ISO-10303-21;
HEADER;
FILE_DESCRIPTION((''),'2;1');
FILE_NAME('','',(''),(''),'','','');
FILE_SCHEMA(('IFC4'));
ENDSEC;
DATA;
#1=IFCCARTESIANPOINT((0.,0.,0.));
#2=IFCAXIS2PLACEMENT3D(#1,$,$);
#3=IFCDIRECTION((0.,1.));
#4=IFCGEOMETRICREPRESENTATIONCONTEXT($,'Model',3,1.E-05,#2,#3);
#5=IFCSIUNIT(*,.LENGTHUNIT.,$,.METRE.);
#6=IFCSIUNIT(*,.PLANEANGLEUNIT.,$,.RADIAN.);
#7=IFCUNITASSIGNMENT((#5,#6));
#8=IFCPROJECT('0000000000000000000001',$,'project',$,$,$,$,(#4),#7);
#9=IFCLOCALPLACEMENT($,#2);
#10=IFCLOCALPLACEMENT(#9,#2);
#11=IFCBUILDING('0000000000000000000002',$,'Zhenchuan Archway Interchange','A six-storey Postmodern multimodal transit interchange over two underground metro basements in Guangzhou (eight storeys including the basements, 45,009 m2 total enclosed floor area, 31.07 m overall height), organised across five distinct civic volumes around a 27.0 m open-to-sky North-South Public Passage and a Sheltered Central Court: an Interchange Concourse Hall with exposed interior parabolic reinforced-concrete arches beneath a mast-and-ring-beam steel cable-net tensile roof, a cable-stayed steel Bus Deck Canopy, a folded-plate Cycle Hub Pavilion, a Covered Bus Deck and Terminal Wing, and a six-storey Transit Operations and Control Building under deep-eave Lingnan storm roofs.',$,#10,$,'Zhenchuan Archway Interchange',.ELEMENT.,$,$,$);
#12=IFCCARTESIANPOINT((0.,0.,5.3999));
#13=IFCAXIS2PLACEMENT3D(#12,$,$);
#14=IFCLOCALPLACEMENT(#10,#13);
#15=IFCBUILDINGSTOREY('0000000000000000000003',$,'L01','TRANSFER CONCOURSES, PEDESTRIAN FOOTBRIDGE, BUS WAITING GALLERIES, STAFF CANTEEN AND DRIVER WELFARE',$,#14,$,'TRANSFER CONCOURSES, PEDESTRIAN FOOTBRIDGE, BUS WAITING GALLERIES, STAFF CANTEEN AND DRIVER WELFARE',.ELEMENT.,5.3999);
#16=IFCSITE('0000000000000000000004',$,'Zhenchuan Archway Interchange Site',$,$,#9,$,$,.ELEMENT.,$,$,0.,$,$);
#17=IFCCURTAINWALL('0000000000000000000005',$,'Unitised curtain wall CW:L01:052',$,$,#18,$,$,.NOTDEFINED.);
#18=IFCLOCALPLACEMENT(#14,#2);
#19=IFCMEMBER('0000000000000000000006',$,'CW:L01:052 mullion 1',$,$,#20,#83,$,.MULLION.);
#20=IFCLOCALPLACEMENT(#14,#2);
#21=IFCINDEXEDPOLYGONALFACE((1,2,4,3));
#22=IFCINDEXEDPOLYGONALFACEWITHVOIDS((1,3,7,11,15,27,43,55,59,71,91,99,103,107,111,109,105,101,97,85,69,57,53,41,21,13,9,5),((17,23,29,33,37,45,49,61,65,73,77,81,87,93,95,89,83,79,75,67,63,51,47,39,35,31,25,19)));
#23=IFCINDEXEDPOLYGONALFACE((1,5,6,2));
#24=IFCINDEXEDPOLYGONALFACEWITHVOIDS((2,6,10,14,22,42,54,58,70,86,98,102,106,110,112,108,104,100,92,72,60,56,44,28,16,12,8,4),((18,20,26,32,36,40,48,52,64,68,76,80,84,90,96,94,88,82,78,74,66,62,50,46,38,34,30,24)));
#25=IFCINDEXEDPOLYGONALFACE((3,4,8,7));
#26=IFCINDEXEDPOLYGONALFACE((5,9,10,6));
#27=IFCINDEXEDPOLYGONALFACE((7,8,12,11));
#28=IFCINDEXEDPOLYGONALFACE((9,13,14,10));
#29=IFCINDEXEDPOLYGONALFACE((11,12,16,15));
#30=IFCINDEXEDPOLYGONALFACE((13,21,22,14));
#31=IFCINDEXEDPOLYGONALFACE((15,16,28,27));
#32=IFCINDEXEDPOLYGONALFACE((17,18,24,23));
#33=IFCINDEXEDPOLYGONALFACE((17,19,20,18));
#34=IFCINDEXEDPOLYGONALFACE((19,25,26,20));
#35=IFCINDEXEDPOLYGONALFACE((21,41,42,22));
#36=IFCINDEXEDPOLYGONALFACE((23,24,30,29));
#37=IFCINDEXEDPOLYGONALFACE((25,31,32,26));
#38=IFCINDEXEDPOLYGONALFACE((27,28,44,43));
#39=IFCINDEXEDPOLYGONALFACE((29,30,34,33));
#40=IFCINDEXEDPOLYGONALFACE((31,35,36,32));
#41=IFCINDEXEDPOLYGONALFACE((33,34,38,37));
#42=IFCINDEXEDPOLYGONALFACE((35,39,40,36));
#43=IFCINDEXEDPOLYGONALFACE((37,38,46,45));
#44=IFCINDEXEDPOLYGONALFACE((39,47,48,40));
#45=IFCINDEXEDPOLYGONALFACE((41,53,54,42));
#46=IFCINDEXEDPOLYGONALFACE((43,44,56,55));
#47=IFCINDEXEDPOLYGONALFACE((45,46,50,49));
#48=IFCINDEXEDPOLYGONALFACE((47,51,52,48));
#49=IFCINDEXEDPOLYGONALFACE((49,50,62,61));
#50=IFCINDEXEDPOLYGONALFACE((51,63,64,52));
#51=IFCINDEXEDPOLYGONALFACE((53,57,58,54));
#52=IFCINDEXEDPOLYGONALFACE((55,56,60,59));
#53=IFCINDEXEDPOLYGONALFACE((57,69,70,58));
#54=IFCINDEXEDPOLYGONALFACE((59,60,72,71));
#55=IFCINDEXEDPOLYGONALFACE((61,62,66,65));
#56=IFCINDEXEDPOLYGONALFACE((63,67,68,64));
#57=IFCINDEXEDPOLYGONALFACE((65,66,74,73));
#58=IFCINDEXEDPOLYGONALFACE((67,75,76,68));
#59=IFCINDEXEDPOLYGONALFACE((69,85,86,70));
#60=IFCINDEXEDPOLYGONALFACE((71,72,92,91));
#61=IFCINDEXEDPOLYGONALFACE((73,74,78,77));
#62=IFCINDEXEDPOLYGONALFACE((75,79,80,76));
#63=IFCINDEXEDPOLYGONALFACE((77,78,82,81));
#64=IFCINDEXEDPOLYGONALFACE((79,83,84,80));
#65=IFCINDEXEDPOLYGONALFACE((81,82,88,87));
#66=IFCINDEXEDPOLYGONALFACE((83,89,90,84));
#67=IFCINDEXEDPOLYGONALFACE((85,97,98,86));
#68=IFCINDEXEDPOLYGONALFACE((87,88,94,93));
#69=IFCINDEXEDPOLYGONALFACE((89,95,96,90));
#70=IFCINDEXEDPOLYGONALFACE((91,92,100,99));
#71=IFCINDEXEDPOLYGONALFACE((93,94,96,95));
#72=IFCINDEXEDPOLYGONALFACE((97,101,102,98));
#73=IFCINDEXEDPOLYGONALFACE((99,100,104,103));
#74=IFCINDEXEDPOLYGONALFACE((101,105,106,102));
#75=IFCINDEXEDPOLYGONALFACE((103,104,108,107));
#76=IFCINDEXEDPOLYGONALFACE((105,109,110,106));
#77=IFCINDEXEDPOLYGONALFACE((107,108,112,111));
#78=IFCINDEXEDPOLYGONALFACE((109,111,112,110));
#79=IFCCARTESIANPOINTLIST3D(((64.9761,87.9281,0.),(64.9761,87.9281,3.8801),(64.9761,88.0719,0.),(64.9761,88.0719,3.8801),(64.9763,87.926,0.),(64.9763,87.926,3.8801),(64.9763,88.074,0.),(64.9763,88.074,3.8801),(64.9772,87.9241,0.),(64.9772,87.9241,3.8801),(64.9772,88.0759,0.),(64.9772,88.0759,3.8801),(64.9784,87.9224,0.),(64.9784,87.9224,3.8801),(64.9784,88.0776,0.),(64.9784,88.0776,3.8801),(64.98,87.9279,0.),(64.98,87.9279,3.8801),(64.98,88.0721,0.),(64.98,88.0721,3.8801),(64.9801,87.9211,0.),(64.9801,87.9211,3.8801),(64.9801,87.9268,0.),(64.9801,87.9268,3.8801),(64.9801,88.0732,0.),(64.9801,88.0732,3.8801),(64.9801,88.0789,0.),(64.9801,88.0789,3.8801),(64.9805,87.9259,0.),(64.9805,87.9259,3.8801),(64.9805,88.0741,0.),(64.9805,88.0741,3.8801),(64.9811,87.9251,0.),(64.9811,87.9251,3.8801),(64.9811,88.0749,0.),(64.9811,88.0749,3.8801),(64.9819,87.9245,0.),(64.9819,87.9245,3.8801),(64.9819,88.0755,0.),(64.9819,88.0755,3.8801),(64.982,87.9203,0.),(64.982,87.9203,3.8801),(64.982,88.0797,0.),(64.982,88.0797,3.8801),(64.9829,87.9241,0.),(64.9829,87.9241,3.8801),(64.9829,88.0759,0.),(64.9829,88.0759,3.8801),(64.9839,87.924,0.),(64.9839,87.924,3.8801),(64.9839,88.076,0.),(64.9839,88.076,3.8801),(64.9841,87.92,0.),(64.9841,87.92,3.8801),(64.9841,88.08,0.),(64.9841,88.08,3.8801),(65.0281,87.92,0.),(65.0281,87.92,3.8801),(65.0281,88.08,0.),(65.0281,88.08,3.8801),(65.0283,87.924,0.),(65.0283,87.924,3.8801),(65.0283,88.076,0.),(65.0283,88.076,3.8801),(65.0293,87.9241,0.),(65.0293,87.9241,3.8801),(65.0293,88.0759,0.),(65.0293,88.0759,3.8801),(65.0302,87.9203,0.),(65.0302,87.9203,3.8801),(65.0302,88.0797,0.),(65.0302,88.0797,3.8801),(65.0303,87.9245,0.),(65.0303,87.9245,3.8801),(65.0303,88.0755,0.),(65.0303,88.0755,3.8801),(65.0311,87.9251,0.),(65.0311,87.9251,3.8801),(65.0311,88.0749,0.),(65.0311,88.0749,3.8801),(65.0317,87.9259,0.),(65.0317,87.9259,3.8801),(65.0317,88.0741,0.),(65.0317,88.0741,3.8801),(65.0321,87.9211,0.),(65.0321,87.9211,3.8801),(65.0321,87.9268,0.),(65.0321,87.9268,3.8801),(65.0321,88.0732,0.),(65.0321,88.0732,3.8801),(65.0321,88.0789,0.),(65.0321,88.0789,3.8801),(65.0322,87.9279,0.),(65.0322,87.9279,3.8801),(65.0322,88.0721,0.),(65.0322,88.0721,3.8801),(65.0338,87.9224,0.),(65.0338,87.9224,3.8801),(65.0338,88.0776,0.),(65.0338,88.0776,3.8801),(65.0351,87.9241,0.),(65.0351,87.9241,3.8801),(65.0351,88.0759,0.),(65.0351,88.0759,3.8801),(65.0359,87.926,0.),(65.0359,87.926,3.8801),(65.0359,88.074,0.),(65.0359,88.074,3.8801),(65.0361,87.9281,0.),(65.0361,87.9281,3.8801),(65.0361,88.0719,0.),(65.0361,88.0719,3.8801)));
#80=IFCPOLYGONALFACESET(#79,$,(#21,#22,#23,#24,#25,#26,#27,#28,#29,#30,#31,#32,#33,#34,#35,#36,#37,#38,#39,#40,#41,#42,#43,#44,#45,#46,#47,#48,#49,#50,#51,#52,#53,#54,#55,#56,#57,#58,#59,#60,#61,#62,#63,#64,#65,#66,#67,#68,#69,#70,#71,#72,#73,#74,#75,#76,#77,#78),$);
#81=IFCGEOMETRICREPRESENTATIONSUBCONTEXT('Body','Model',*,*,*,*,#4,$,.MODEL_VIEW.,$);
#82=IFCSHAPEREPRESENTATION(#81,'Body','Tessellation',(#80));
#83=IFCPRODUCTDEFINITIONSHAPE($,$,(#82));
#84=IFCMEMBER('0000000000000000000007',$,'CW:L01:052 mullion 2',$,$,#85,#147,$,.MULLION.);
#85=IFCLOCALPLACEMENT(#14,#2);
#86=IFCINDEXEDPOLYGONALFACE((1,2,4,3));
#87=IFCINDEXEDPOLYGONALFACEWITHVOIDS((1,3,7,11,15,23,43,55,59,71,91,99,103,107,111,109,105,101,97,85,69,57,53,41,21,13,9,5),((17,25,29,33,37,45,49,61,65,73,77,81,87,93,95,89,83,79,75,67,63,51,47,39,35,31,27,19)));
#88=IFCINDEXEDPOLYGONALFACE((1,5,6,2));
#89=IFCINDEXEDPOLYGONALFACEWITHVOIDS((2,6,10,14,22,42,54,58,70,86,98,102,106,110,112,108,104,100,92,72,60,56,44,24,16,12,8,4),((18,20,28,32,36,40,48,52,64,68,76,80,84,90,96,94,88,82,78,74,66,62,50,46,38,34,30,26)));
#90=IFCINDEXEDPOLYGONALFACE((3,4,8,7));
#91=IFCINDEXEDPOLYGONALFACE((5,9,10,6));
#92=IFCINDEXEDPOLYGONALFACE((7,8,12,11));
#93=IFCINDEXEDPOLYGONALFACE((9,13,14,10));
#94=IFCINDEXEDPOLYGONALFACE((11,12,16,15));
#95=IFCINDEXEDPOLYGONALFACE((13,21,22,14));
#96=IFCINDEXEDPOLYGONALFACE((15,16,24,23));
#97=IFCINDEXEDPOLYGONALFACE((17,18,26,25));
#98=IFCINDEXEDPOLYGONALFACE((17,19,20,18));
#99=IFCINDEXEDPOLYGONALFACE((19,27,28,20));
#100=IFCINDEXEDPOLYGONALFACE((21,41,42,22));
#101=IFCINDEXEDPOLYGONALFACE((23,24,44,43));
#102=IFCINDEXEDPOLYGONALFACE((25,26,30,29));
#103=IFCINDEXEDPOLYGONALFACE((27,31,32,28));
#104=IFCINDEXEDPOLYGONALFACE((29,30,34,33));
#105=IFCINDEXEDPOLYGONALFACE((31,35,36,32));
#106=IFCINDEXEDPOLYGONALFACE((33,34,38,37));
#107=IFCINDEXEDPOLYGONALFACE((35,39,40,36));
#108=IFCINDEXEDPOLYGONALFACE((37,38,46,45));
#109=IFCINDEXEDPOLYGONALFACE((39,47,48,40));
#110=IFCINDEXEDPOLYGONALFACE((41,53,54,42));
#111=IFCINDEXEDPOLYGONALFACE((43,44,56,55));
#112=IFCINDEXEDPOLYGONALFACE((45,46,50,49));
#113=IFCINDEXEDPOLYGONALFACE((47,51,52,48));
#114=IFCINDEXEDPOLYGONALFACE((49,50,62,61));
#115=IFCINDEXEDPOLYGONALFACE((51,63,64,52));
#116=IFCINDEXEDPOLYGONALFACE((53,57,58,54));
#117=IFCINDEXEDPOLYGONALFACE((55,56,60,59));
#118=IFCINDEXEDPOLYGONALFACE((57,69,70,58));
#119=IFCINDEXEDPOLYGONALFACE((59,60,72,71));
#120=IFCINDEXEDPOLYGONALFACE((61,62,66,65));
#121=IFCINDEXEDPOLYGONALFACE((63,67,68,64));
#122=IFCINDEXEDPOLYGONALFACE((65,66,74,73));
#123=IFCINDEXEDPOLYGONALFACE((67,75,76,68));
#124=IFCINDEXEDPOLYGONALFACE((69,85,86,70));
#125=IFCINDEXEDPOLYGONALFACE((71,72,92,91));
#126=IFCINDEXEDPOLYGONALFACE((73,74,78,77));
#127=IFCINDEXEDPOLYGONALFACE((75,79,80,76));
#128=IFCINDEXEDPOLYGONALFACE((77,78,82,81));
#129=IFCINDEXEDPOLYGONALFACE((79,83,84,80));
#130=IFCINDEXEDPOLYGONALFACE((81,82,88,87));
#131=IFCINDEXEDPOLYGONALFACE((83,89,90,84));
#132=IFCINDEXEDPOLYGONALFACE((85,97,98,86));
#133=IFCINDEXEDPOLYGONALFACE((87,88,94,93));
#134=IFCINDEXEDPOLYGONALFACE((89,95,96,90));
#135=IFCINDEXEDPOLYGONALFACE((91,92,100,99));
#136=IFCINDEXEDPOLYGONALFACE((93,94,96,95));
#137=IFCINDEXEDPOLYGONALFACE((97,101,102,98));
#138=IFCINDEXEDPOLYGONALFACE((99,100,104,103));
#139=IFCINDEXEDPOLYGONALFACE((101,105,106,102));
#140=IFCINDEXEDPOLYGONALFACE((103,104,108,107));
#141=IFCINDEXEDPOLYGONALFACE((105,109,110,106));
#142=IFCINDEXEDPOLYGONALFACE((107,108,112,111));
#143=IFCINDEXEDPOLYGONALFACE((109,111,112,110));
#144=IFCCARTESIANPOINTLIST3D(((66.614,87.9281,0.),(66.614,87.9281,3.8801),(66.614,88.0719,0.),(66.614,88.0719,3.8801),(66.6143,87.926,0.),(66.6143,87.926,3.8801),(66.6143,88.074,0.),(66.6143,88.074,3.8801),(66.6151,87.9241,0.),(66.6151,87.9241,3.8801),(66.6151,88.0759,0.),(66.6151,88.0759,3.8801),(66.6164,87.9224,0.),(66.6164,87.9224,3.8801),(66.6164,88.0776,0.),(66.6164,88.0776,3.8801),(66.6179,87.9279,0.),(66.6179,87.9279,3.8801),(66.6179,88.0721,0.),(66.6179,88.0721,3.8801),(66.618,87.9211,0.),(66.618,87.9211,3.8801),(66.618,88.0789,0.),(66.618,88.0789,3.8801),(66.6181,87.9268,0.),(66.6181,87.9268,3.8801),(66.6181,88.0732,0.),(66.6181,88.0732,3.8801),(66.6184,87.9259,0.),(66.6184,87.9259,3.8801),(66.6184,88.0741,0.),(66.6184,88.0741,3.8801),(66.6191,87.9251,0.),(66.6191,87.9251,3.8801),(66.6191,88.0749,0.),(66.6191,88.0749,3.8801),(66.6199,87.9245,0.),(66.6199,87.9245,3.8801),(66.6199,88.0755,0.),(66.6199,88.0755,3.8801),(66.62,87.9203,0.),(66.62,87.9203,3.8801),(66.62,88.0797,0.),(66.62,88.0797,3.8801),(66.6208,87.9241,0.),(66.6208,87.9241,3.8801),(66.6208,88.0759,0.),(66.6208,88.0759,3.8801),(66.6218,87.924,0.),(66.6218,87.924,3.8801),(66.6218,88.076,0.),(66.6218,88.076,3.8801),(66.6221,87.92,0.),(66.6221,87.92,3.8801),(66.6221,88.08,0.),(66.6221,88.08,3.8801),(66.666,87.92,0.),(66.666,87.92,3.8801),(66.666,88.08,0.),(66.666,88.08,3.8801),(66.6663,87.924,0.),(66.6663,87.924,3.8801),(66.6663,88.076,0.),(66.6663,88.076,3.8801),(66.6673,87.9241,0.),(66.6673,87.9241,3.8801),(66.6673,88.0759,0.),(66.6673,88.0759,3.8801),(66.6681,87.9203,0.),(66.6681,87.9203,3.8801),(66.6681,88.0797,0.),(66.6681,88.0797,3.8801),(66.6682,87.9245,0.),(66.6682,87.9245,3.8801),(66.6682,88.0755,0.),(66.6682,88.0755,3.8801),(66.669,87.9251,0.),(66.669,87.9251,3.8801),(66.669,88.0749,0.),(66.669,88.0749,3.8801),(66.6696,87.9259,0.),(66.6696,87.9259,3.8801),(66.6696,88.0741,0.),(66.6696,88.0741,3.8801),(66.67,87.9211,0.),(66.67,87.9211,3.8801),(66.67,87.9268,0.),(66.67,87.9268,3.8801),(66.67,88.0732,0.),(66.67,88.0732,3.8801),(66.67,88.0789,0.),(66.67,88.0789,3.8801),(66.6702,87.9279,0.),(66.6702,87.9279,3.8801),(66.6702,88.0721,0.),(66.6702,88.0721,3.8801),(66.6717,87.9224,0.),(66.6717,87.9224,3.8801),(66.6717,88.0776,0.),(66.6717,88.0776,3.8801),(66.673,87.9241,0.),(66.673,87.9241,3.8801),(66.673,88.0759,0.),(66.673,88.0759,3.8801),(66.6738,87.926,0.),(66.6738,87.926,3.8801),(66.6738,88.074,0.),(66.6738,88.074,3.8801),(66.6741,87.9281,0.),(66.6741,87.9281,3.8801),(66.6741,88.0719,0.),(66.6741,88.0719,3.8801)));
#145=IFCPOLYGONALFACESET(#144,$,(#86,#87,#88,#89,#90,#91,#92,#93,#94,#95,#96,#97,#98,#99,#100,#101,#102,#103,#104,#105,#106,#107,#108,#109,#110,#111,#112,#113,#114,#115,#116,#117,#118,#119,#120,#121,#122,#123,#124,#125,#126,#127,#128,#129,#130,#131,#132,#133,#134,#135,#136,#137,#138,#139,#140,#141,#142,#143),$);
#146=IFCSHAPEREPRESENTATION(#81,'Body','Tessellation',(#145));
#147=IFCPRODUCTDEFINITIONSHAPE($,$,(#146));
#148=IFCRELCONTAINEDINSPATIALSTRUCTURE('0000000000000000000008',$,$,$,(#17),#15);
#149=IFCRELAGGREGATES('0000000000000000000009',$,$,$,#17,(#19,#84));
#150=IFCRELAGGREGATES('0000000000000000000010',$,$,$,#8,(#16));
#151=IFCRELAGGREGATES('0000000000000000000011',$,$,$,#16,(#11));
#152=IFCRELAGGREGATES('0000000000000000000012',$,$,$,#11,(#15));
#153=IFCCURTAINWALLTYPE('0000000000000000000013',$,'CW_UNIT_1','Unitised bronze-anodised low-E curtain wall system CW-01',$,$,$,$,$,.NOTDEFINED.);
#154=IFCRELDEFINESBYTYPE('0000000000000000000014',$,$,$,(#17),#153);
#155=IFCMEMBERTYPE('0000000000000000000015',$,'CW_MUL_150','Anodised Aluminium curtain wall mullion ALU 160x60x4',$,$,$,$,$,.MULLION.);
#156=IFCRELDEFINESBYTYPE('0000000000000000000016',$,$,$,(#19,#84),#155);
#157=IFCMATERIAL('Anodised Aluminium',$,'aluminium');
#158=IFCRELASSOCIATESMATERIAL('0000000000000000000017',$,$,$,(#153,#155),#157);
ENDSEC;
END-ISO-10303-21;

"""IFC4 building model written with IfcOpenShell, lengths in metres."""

from ifc_helpers import new_model, si_unit, direction, frame, origin, origin_2d, place, context, subcontext, project, spatial, hollow_rectangle, extrude, material, material_profile, profile_set, type_object, element, aggregate, save


model = new_model("IFC4")

# Units and contexts
model_context = context("Model", 3, precision=1e-05, world=origin(), true_north=direction((0.0, 1.0)))
body_context = subcontext(model_context, "Body", "Model", "MODEL_VIEW")
ifc_project = project(units=[si_unit("LENGTHUNIT", "METRE"), si_unit("PLANEANGLEUNIT", "RADIAN")], contexts=[model_context])

# Site, building, storey
site_placement = place(None, origin())
site = spatial("IfcSite", under=ifc_project, at=site_placement, Name="Zhenchuan Archway Interchange Site", CompositionType="ELEMENT", RefElevation=0.0)
building_placement = place(site_placement, origin())
building = spatial("IfcBuilding", under=site, at=building_placement, Name="Zhenchuan Archway Interchange", Description="A six-storey Postmodern multimodal transit interchange over two underground metro basements in Guangzhou (eight storeys including the basements, 45,009 m2 total enclosed floor area, 31.07 m overall height), organised across five distinct civic volumes around a 27.0 m open-to-sky North-South Public Passage and a Sheltered Central Court: an Interchange Concourse Hall with exposed interior parabolic reinforced-concrete arches beneath a mast-and-ring-beam steel cable-net tensile roof, a cable-stayed steel Bus Deck Canopy, a folded-plate Cycle Hub Pavilion, a Covered Bus Deck and Terminal Wing, and a six-storey Transit Operations and Control Building under deep-eave Lingnan storm roofs.", LongName="Zhenchuan Archway Interchange", CompositionType="ELEMENT")
storey_placement = place(building_placement, frame((0.0, 0.0, 5.3999)))
storey = spatial("IfcBuildingStorey", under=building, at=storey_placement, Name="L01", Description="TRANSFER CONCOURSES, PEDESTRIAN FOOTBRIDGE, BUS WAITING GALLERIES, STAFF CANTEEN AND DRIVER WELFARE", LongName="TRANSFER CONCOURSES, PEDESTRIAN FOOTBRIDGE, BUS WAITING GALLERIES, STAFF CANTEEN AND DRIVER WELFARE", CompositionType="ELEMENT", Elevation=5.3999)

# Curtain wall, members
ifc_material_1 = material(Name="Anodised Aluminium", Category="aluminium")
curtain_wall_type = type_object("IfcCurtainWallType", Name="CW_UNIT_1", Description="Unitised bronze-anodised low-E curtain wall system CW-01", PredefinedType="NOTDEFINED", material=ifc_material_1)
curtain_wall_placement = place(storey_placement, origin())
curtain_wall = element("IfcCurtainWall", 1, at=curtain_wall_placement, inside=storey, type_object=curtain_wall_type, Name="Unitised curtain wall CW:L01:052", PredefinedType="NOTDEFINED")
ifc_material_profile_1 = material_profile(ifc_material_1, hollow_rectangle(XDim=0.0601, YDim=0.1599, WallThickness=0.0039, InnerFilletRadius=0.0039, OuterFilletRadius=0.0081, at=origin_2d()), Name="ALU 160x60x4")
ifc_profile_set_1 = profile_set([ifc_material_profile_1], Name="Anodised Aluminium")
member_type_1 = type_object("IfcMemberType", Name="CW_MUL_150", Description="Anodised Aluminium curtain wall mullion ALU 160x60x4", PredefinedType="MULLION", material=ifc_profile_set_1)
member_1_placement = place(storey_placement, frame((65.0061, 88.0, 0.0), z_axis=(0.0, 0.0, 1.0), x_axis=(1.0, 0.0, 0.0)))
member_1 = element("IfcMember", 2, at=member_1_placement, type_object=member_type_1, Name="CW:L01:052 mullion 1", PredefinedType="MULLION", context=body_context, shape_type="SweptSolid", body=[
    extrude(hollow_rectangle(XDim=0.0601, YDim=0.1599, WallThickness=0.0039, InnerFilletRadius=0.0039, OuterFilletRadius=0.0081, at=origin_2d()), origin(), (0.0, 0.0, 1.0), 3.8801),
])
member_2_placement = place(storey_placement, frame((66.644, 88.0, 0.0), z_axis=(0.0, 0.0, 1.0), x_axis=(1.0, 0.0, 0.0)))
member_2 = element("IfcMember", 3, at=member_2_placement, type_object=member_type_1, Name="CW:L01:052 mullion 2", PredefinedType="MULLION", context=body_context, shape_type="SweptSolid", body=[
    extrude(hollow_rectangle(XDim=0.0601, YDim=0.1599, WallThickness=0.0039, InnerFilletRadius=0.0039, OuterFilletRadius=0.0081, at=origin_2d()), origin(), (0.0, 0.0, 1.0), 3.8801),
])

aggregate(curtain_wall, [member_1, member_2])

save(model, "model.ifc")
